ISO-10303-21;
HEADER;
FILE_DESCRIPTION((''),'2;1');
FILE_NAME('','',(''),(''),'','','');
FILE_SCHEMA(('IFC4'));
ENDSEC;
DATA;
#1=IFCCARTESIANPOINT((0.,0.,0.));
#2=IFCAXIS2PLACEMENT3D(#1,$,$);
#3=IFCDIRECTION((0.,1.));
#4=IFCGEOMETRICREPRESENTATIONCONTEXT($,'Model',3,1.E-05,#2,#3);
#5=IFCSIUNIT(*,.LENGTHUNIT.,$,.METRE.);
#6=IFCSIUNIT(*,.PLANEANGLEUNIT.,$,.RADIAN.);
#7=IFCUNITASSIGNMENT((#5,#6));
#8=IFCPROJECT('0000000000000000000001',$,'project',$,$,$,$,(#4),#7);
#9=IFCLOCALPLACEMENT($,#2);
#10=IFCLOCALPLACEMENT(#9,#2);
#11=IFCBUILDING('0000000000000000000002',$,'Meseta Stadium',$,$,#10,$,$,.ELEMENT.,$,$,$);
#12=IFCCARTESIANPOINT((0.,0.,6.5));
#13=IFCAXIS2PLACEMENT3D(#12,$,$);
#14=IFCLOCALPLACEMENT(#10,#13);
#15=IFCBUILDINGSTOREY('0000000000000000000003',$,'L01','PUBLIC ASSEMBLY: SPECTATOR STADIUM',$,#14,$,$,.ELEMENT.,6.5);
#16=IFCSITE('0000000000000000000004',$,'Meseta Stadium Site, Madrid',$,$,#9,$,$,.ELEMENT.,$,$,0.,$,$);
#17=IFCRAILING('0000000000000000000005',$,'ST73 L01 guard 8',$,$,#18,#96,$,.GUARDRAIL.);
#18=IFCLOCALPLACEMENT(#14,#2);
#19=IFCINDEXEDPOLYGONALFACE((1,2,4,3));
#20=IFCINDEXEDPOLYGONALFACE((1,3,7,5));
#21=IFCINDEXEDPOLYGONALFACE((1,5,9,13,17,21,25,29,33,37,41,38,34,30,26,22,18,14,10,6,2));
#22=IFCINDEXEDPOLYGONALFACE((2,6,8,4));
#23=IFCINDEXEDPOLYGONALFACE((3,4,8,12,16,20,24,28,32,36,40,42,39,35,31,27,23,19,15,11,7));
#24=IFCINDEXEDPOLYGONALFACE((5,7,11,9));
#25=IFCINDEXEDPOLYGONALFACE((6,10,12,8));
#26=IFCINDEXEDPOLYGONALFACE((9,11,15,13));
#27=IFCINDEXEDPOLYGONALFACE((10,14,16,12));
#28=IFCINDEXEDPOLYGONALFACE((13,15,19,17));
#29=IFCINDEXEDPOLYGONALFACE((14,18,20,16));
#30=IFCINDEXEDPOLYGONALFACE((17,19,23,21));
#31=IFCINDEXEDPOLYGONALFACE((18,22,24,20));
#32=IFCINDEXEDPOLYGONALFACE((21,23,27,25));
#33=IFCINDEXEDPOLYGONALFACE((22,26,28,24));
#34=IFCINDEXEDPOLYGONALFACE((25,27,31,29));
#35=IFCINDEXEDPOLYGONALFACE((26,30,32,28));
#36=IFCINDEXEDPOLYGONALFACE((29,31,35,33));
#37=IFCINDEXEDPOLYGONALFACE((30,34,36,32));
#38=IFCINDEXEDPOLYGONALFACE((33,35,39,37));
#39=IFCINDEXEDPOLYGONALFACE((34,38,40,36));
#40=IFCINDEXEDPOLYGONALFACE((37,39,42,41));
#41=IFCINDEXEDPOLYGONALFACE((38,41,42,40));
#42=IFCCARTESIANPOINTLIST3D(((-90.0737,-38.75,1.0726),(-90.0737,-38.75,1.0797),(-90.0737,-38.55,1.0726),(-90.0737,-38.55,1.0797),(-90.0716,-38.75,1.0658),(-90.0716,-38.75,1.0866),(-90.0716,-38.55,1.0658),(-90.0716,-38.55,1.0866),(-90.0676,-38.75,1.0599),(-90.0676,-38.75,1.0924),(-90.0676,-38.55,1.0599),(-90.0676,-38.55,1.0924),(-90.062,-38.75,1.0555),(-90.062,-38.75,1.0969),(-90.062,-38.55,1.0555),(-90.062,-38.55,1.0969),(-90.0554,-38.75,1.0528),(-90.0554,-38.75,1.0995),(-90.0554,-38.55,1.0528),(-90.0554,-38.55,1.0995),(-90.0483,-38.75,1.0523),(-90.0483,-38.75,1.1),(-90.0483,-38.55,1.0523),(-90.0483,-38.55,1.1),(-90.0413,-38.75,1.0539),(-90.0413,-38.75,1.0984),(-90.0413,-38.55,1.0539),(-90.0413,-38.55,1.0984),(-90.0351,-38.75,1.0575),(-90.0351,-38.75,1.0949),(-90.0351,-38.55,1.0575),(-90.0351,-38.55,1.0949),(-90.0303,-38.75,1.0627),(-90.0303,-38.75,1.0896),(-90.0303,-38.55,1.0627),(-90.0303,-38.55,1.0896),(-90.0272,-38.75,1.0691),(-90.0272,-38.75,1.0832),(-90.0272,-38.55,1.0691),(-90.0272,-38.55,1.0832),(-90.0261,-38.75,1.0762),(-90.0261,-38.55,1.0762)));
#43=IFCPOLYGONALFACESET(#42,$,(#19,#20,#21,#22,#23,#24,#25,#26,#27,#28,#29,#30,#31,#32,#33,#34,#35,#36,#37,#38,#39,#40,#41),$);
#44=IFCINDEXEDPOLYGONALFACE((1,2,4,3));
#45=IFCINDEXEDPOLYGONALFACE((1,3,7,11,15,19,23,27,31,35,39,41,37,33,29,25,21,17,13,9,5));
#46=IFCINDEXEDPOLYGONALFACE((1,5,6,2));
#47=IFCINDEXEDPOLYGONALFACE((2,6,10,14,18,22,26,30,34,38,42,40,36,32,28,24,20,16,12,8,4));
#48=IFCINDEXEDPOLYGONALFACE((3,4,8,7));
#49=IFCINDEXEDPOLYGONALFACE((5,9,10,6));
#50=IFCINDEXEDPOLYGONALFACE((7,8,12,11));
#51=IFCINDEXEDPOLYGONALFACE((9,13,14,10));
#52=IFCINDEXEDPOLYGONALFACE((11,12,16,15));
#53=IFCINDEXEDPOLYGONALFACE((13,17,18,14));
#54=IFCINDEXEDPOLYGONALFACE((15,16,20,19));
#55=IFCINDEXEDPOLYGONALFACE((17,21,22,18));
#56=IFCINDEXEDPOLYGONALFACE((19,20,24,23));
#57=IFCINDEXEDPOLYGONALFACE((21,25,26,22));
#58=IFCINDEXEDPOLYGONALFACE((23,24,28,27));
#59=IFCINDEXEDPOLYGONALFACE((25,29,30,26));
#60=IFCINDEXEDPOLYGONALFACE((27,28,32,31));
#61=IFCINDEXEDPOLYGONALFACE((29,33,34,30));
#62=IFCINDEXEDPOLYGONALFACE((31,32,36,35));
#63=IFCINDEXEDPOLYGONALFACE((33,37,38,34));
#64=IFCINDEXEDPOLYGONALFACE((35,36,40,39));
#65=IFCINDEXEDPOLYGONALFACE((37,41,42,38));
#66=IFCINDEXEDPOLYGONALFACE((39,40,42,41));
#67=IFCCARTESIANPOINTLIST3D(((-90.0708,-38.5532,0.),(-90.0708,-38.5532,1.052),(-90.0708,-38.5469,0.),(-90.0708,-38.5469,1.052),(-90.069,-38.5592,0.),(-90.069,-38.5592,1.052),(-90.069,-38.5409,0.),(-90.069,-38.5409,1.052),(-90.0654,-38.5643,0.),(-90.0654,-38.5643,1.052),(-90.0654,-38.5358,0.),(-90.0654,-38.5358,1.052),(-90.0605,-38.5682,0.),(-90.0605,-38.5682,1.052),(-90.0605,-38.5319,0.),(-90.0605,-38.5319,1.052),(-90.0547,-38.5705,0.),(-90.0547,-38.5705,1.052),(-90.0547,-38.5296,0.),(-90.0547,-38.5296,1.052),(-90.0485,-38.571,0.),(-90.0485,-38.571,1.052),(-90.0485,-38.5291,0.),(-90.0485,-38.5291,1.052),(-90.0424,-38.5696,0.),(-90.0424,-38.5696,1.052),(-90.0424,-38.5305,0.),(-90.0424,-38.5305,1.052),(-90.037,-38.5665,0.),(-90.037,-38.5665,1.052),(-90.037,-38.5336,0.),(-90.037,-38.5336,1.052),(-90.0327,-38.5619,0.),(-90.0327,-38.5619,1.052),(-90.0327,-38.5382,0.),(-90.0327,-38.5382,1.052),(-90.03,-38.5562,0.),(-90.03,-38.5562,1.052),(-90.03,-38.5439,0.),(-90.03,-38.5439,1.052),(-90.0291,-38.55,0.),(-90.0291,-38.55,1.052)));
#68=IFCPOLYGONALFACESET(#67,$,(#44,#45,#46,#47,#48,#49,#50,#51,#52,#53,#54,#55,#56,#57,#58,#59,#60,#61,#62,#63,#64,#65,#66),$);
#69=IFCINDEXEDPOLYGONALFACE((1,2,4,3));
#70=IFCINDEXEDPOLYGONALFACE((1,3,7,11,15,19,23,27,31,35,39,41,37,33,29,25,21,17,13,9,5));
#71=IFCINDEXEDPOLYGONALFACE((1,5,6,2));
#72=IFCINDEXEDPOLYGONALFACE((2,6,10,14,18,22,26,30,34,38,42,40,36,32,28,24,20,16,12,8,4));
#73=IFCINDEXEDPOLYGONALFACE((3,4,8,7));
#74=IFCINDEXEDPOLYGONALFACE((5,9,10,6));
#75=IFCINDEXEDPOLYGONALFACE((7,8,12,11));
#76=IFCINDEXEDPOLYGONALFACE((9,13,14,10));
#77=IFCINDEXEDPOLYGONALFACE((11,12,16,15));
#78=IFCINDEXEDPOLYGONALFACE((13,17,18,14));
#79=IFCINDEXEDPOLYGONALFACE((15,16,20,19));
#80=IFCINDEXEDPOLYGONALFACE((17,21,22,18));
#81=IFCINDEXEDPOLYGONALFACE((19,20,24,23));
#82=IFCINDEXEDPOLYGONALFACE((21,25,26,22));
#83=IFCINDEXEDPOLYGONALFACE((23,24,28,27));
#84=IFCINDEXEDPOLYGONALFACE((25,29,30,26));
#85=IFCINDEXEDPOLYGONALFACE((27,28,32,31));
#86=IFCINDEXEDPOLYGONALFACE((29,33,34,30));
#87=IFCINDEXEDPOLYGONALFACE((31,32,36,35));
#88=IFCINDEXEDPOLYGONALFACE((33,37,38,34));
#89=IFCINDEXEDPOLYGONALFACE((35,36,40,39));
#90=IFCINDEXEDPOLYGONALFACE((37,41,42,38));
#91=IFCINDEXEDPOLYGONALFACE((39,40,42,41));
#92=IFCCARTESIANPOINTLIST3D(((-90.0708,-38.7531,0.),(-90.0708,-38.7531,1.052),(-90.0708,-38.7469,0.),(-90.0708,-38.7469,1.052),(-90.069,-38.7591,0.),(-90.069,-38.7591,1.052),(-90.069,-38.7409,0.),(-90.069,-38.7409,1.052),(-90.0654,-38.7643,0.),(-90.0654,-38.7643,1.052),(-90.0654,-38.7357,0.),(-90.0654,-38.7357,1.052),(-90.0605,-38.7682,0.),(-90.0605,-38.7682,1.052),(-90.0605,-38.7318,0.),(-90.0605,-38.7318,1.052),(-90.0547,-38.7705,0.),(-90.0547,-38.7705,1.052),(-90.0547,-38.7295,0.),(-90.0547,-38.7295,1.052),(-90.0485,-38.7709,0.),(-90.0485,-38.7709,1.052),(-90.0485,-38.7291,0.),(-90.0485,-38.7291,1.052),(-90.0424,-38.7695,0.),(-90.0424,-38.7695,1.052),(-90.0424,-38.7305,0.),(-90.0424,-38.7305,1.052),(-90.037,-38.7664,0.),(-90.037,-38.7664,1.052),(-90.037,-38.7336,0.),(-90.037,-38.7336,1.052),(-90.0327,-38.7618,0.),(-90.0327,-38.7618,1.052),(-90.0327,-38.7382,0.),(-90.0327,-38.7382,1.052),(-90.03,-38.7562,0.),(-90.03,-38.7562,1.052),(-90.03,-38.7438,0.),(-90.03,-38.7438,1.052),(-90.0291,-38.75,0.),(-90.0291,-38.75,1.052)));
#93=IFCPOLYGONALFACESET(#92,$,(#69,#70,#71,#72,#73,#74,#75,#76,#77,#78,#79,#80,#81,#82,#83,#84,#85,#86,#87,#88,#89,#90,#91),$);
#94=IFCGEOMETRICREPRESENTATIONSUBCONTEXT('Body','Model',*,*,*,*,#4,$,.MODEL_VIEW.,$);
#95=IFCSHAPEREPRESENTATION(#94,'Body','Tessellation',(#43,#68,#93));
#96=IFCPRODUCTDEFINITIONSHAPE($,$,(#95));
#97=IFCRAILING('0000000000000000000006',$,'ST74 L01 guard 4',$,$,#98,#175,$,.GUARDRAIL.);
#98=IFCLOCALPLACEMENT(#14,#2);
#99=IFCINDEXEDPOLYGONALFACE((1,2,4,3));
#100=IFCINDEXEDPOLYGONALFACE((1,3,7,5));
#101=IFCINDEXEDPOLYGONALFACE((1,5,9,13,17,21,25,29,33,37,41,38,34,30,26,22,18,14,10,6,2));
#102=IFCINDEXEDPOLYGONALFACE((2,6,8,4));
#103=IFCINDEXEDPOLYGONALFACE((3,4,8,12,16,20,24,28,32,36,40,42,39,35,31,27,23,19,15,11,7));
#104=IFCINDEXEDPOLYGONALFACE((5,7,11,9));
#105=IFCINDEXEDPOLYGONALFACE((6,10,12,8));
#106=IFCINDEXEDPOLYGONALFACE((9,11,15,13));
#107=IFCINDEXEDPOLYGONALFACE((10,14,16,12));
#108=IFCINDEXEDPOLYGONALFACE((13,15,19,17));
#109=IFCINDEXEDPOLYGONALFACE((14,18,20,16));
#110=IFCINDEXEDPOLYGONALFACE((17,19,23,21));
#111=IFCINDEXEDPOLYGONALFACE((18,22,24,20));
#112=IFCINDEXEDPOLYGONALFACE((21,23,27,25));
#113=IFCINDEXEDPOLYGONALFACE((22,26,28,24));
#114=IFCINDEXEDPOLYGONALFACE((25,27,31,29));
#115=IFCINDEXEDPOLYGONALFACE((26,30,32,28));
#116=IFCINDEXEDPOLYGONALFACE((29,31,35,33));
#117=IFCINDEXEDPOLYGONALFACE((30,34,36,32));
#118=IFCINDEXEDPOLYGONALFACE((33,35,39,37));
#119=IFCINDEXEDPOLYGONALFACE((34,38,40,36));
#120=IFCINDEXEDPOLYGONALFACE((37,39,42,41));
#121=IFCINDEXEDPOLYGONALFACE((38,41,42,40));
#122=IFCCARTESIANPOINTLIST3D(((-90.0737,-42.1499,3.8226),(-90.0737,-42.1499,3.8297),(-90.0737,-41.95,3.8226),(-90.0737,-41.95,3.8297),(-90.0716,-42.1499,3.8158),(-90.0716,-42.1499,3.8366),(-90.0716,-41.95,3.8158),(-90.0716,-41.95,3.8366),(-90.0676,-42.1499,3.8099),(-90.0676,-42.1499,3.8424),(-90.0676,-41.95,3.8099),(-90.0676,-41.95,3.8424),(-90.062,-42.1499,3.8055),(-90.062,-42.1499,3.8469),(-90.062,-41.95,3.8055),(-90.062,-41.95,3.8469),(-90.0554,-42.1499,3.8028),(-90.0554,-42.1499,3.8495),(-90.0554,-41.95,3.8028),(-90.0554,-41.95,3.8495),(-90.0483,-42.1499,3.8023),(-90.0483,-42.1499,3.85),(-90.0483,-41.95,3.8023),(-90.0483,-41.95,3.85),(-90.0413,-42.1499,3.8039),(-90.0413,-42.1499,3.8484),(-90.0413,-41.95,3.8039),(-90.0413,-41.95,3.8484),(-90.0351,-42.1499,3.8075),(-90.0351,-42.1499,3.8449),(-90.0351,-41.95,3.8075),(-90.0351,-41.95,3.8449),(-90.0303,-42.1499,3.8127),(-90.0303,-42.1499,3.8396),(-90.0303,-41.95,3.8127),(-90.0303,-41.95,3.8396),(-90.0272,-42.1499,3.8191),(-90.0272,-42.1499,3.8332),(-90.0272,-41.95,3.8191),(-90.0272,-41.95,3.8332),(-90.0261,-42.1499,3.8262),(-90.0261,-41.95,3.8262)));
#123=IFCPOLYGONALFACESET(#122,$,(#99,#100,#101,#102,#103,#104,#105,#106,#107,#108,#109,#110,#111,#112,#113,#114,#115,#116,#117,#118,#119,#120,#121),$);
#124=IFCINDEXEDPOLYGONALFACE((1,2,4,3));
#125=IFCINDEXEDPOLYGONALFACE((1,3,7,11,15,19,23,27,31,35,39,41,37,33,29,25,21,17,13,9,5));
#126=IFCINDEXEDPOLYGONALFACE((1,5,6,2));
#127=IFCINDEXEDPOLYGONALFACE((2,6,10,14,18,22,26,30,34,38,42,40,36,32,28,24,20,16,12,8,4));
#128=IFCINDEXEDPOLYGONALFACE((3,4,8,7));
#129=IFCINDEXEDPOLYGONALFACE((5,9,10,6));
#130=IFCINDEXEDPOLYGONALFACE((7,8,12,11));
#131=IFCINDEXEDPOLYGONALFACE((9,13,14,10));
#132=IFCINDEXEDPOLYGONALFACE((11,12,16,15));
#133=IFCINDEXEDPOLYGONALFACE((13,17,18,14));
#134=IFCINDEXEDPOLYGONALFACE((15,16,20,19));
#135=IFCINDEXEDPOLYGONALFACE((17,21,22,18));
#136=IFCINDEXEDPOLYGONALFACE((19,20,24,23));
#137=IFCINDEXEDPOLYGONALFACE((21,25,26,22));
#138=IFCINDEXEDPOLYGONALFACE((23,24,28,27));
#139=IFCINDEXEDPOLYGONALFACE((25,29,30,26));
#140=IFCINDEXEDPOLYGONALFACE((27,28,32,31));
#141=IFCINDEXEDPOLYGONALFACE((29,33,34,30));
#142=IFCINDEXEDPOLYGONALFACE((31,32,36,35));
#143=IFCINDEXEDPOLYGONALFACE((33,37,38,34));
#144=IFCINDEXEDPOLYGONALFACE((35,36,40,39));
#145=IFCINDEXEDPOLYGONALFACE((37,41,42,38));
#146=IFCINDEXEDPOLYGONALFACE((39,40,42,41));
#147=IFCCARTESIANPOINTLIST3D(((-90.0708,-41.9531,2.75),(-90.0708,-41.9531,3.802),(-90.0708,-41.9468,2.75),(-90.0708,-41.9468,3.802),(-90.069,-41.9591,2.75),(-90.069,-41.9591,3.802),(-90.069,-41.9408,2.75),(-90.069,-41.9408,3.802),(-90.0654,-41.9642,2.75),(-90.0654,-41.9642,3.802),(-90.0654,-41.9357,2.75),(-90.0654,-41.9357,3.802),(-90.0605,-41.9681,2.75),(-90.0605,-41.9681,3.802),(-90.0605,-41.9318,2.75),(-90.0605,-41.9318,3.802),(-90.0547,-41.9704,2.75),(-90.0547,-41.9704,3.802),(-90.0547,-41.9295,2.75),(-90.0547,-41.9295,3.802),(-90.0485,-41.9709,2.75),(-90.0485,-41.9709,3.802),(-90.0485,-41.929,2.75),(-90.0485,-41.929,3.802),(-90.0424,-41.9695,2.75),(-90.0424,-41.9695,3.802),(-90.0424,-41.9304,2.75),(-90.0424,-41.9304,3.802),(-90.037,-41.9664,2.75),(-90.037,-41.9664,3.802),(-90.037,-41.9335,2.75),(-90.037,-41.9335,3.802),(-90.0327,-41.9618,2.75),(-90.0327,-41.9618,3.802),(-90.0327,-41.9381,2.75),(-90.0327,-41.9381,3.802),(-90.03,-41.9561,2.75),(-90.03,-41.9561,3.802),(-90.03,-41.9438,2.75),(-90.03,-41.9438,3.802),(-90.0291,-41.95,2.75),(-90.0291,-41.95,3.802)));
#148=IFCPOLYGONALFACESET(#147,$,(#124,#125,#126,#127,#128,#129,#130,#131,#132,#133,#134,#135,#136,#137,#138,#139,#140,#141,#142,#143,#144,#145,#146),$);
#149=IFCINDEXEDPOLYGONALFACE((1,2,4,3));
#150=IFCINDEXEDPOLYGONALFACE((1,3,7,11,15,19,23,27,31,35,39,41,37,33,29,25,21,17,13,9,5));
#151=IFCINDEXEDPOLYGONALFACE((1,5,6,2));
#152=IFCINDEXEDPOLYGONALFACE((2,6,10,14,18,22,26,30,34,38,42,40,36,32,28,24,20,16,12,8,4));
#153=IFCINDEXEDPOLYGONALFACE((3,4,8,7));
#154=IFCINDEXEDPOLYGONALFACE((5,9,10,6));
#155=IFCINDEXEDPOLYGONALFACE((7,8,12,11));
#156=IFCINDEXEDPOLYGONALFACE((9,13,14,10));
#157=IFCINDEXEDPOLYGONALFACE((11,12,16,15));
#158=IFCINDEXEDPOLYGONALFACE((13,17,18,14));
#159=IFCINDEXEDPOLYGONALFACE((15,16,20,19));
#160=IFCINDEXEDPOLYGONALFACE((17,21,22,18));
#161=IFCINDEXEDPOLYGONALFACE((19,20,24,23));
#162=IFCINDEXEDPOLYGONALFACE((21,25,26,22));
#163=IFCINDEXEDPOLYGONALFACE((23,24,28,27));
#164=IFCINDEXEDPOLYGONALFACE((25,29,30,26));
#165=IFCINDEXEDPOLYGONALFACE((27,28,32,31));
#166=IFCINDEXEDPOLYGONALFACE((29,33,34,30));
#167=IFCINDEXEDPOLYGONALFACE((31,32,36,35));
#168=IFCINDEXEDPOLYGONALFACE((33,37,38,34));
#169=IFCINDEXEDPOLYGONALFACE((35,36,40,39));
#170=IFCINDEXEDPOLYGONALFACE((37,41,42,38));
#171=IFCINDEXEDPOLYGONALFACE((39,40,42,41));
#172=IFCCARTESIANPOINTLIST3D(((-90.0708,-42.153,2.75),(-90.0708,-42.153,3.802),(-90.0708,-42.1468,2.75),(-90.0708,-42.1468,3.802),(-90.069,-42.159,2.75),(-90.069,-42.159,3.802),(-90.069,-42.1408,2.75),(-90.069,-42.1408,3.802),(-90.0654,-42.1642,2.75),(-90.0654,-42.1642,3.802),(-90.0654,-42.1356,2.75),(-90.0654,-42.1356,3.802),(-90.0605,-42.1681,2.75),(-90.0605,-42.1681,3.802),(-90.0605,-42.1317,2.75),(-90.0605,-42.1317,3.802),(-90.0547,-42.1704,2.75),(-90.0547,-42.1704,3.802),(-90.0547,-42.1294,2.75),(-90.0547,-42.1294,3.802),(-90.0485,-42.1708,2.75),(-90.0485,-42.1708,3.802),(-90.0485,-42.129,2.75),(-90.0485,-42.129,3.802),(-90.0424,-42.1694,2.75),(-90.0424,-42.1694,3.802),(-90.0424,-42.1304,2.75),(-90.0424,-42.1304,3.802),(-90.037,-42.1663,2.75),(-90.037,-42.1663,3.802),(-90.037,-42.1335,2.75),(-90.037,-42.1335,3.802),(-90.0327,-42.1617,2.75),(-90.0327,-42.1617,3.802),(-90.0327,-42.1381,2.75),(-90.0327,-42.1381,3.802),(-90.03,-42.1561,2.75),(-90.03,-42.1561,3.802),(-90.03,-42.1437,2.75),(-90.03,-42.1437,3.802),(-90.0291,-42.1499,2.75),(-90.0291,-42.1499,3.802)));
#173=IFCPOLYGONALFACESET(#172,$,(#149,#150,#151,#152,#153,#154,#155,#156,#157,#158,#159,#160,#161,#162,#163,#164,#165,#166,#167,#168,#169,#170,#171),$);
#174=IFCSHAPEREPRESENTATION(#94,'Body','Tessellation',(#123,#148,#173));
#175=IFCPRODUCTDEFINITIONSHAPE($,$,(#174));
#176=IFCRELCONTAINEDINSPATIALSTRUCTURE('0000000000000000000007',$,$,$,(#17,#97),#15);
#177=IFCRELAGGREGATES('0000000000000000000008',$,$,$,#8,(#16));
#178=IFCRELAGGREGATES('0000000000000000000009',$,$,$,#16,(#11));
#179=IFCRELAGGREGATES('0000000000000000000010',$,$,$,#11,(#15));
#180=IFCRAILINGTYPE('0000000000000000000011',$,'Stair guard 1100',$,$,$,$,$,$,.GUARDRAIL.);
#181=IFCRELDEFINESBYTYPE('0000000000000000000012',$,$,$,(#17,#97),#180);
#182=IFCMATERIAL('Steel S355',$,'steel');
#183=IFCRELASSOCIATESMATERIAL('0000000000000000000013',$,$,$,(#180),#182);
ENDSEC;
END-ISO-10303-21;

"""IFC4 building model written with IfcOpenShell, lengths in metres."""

from ifc_helpers import new_model, si_unit, direction, frame, origin, origin_2d, place, context, subcontext, project, spatial, circle, extrude, material, type_object, element, save


model = new_model("IFC4")

# Units and contexts
model_context = context("Model", 3, precision=1e-05, world=origin(), true_north=direction((0.0, 1.0)))
body_context = subcontext(model_context, "Body", "Model", "MODEL_VIEW")
ifc_project = project(units=[si_unit("LENGTHUNIT", "METRE"), si_unit("PLANEANGLEUNIT", "RADIAN")], contexts=[model_context])

# Site, building, storey
site_placement = place(None, origin())
site = spatial("IfcSite", under=ifc_project, at=site_placement, Name="Meseta Stadium Site, Madrid", CompositionType="ELEMENT", RefElevation=0.0)
building_placement = place(site_placement, origin())
building = spatial("IfcBuilding", under=site, at=building_placement, Name="Meseta Stadium", CompositionType="ELEMENT")
storey_placement = place(building_placement, frame((0.0, 0.0, 6.5)))
storey = spatial("IfcBuildingStorey", under=building, at=storey_placement, Name="L01", Description="PUBLIC ASSEMBLY: SPECTATOR STADIUM", CompositionType="ELEMENT", Elevation=6.5)

# Railings
ifc_material_1 = material(Name="Steel S355", Category="steel")
railing_type_1 = type_object("IfcRailingType", Name="Stair guard 1100", PredefinedType="GUARDRAIL", material=ifc_material_1)
for number, where, name in (
    (1, (-90.05, -38.55, 0.0), "ST73 L01 guard 8"),
    (2, (-90.05, -41.95, 2.75), "ST74 L01 guard 4"),
):
    element("IfcRailing", number, at=place(storey_placement, frame(where)), inside=storey, type_object=railing_type_1, Name=name, PredefinedType="GUARDRAIL", context=body_context, shape_type="SweptSolid", body=[
        extrude(circle(Radius=0.0239, at=origin_2d()), frame((0.0, 0.0, 1.0762), z_axis=(0.0, -1.0, 0.0), x_axis=(1.0, 0.0, 0.0)), (0.0, 0.0, 1.0), 0.2),
        extrude(circle(Radius=0.021, at=origin_2d()), origin(), (0.0, 0.0, 1.0), 1.052),
        extrude(circle(Radius=0.021, at=origin_2d()), frame((0.0, -0.2, 0.0)), (0.0, 0.0, 1.0), 1.052),
    ])

save(model, "model.ifc")
